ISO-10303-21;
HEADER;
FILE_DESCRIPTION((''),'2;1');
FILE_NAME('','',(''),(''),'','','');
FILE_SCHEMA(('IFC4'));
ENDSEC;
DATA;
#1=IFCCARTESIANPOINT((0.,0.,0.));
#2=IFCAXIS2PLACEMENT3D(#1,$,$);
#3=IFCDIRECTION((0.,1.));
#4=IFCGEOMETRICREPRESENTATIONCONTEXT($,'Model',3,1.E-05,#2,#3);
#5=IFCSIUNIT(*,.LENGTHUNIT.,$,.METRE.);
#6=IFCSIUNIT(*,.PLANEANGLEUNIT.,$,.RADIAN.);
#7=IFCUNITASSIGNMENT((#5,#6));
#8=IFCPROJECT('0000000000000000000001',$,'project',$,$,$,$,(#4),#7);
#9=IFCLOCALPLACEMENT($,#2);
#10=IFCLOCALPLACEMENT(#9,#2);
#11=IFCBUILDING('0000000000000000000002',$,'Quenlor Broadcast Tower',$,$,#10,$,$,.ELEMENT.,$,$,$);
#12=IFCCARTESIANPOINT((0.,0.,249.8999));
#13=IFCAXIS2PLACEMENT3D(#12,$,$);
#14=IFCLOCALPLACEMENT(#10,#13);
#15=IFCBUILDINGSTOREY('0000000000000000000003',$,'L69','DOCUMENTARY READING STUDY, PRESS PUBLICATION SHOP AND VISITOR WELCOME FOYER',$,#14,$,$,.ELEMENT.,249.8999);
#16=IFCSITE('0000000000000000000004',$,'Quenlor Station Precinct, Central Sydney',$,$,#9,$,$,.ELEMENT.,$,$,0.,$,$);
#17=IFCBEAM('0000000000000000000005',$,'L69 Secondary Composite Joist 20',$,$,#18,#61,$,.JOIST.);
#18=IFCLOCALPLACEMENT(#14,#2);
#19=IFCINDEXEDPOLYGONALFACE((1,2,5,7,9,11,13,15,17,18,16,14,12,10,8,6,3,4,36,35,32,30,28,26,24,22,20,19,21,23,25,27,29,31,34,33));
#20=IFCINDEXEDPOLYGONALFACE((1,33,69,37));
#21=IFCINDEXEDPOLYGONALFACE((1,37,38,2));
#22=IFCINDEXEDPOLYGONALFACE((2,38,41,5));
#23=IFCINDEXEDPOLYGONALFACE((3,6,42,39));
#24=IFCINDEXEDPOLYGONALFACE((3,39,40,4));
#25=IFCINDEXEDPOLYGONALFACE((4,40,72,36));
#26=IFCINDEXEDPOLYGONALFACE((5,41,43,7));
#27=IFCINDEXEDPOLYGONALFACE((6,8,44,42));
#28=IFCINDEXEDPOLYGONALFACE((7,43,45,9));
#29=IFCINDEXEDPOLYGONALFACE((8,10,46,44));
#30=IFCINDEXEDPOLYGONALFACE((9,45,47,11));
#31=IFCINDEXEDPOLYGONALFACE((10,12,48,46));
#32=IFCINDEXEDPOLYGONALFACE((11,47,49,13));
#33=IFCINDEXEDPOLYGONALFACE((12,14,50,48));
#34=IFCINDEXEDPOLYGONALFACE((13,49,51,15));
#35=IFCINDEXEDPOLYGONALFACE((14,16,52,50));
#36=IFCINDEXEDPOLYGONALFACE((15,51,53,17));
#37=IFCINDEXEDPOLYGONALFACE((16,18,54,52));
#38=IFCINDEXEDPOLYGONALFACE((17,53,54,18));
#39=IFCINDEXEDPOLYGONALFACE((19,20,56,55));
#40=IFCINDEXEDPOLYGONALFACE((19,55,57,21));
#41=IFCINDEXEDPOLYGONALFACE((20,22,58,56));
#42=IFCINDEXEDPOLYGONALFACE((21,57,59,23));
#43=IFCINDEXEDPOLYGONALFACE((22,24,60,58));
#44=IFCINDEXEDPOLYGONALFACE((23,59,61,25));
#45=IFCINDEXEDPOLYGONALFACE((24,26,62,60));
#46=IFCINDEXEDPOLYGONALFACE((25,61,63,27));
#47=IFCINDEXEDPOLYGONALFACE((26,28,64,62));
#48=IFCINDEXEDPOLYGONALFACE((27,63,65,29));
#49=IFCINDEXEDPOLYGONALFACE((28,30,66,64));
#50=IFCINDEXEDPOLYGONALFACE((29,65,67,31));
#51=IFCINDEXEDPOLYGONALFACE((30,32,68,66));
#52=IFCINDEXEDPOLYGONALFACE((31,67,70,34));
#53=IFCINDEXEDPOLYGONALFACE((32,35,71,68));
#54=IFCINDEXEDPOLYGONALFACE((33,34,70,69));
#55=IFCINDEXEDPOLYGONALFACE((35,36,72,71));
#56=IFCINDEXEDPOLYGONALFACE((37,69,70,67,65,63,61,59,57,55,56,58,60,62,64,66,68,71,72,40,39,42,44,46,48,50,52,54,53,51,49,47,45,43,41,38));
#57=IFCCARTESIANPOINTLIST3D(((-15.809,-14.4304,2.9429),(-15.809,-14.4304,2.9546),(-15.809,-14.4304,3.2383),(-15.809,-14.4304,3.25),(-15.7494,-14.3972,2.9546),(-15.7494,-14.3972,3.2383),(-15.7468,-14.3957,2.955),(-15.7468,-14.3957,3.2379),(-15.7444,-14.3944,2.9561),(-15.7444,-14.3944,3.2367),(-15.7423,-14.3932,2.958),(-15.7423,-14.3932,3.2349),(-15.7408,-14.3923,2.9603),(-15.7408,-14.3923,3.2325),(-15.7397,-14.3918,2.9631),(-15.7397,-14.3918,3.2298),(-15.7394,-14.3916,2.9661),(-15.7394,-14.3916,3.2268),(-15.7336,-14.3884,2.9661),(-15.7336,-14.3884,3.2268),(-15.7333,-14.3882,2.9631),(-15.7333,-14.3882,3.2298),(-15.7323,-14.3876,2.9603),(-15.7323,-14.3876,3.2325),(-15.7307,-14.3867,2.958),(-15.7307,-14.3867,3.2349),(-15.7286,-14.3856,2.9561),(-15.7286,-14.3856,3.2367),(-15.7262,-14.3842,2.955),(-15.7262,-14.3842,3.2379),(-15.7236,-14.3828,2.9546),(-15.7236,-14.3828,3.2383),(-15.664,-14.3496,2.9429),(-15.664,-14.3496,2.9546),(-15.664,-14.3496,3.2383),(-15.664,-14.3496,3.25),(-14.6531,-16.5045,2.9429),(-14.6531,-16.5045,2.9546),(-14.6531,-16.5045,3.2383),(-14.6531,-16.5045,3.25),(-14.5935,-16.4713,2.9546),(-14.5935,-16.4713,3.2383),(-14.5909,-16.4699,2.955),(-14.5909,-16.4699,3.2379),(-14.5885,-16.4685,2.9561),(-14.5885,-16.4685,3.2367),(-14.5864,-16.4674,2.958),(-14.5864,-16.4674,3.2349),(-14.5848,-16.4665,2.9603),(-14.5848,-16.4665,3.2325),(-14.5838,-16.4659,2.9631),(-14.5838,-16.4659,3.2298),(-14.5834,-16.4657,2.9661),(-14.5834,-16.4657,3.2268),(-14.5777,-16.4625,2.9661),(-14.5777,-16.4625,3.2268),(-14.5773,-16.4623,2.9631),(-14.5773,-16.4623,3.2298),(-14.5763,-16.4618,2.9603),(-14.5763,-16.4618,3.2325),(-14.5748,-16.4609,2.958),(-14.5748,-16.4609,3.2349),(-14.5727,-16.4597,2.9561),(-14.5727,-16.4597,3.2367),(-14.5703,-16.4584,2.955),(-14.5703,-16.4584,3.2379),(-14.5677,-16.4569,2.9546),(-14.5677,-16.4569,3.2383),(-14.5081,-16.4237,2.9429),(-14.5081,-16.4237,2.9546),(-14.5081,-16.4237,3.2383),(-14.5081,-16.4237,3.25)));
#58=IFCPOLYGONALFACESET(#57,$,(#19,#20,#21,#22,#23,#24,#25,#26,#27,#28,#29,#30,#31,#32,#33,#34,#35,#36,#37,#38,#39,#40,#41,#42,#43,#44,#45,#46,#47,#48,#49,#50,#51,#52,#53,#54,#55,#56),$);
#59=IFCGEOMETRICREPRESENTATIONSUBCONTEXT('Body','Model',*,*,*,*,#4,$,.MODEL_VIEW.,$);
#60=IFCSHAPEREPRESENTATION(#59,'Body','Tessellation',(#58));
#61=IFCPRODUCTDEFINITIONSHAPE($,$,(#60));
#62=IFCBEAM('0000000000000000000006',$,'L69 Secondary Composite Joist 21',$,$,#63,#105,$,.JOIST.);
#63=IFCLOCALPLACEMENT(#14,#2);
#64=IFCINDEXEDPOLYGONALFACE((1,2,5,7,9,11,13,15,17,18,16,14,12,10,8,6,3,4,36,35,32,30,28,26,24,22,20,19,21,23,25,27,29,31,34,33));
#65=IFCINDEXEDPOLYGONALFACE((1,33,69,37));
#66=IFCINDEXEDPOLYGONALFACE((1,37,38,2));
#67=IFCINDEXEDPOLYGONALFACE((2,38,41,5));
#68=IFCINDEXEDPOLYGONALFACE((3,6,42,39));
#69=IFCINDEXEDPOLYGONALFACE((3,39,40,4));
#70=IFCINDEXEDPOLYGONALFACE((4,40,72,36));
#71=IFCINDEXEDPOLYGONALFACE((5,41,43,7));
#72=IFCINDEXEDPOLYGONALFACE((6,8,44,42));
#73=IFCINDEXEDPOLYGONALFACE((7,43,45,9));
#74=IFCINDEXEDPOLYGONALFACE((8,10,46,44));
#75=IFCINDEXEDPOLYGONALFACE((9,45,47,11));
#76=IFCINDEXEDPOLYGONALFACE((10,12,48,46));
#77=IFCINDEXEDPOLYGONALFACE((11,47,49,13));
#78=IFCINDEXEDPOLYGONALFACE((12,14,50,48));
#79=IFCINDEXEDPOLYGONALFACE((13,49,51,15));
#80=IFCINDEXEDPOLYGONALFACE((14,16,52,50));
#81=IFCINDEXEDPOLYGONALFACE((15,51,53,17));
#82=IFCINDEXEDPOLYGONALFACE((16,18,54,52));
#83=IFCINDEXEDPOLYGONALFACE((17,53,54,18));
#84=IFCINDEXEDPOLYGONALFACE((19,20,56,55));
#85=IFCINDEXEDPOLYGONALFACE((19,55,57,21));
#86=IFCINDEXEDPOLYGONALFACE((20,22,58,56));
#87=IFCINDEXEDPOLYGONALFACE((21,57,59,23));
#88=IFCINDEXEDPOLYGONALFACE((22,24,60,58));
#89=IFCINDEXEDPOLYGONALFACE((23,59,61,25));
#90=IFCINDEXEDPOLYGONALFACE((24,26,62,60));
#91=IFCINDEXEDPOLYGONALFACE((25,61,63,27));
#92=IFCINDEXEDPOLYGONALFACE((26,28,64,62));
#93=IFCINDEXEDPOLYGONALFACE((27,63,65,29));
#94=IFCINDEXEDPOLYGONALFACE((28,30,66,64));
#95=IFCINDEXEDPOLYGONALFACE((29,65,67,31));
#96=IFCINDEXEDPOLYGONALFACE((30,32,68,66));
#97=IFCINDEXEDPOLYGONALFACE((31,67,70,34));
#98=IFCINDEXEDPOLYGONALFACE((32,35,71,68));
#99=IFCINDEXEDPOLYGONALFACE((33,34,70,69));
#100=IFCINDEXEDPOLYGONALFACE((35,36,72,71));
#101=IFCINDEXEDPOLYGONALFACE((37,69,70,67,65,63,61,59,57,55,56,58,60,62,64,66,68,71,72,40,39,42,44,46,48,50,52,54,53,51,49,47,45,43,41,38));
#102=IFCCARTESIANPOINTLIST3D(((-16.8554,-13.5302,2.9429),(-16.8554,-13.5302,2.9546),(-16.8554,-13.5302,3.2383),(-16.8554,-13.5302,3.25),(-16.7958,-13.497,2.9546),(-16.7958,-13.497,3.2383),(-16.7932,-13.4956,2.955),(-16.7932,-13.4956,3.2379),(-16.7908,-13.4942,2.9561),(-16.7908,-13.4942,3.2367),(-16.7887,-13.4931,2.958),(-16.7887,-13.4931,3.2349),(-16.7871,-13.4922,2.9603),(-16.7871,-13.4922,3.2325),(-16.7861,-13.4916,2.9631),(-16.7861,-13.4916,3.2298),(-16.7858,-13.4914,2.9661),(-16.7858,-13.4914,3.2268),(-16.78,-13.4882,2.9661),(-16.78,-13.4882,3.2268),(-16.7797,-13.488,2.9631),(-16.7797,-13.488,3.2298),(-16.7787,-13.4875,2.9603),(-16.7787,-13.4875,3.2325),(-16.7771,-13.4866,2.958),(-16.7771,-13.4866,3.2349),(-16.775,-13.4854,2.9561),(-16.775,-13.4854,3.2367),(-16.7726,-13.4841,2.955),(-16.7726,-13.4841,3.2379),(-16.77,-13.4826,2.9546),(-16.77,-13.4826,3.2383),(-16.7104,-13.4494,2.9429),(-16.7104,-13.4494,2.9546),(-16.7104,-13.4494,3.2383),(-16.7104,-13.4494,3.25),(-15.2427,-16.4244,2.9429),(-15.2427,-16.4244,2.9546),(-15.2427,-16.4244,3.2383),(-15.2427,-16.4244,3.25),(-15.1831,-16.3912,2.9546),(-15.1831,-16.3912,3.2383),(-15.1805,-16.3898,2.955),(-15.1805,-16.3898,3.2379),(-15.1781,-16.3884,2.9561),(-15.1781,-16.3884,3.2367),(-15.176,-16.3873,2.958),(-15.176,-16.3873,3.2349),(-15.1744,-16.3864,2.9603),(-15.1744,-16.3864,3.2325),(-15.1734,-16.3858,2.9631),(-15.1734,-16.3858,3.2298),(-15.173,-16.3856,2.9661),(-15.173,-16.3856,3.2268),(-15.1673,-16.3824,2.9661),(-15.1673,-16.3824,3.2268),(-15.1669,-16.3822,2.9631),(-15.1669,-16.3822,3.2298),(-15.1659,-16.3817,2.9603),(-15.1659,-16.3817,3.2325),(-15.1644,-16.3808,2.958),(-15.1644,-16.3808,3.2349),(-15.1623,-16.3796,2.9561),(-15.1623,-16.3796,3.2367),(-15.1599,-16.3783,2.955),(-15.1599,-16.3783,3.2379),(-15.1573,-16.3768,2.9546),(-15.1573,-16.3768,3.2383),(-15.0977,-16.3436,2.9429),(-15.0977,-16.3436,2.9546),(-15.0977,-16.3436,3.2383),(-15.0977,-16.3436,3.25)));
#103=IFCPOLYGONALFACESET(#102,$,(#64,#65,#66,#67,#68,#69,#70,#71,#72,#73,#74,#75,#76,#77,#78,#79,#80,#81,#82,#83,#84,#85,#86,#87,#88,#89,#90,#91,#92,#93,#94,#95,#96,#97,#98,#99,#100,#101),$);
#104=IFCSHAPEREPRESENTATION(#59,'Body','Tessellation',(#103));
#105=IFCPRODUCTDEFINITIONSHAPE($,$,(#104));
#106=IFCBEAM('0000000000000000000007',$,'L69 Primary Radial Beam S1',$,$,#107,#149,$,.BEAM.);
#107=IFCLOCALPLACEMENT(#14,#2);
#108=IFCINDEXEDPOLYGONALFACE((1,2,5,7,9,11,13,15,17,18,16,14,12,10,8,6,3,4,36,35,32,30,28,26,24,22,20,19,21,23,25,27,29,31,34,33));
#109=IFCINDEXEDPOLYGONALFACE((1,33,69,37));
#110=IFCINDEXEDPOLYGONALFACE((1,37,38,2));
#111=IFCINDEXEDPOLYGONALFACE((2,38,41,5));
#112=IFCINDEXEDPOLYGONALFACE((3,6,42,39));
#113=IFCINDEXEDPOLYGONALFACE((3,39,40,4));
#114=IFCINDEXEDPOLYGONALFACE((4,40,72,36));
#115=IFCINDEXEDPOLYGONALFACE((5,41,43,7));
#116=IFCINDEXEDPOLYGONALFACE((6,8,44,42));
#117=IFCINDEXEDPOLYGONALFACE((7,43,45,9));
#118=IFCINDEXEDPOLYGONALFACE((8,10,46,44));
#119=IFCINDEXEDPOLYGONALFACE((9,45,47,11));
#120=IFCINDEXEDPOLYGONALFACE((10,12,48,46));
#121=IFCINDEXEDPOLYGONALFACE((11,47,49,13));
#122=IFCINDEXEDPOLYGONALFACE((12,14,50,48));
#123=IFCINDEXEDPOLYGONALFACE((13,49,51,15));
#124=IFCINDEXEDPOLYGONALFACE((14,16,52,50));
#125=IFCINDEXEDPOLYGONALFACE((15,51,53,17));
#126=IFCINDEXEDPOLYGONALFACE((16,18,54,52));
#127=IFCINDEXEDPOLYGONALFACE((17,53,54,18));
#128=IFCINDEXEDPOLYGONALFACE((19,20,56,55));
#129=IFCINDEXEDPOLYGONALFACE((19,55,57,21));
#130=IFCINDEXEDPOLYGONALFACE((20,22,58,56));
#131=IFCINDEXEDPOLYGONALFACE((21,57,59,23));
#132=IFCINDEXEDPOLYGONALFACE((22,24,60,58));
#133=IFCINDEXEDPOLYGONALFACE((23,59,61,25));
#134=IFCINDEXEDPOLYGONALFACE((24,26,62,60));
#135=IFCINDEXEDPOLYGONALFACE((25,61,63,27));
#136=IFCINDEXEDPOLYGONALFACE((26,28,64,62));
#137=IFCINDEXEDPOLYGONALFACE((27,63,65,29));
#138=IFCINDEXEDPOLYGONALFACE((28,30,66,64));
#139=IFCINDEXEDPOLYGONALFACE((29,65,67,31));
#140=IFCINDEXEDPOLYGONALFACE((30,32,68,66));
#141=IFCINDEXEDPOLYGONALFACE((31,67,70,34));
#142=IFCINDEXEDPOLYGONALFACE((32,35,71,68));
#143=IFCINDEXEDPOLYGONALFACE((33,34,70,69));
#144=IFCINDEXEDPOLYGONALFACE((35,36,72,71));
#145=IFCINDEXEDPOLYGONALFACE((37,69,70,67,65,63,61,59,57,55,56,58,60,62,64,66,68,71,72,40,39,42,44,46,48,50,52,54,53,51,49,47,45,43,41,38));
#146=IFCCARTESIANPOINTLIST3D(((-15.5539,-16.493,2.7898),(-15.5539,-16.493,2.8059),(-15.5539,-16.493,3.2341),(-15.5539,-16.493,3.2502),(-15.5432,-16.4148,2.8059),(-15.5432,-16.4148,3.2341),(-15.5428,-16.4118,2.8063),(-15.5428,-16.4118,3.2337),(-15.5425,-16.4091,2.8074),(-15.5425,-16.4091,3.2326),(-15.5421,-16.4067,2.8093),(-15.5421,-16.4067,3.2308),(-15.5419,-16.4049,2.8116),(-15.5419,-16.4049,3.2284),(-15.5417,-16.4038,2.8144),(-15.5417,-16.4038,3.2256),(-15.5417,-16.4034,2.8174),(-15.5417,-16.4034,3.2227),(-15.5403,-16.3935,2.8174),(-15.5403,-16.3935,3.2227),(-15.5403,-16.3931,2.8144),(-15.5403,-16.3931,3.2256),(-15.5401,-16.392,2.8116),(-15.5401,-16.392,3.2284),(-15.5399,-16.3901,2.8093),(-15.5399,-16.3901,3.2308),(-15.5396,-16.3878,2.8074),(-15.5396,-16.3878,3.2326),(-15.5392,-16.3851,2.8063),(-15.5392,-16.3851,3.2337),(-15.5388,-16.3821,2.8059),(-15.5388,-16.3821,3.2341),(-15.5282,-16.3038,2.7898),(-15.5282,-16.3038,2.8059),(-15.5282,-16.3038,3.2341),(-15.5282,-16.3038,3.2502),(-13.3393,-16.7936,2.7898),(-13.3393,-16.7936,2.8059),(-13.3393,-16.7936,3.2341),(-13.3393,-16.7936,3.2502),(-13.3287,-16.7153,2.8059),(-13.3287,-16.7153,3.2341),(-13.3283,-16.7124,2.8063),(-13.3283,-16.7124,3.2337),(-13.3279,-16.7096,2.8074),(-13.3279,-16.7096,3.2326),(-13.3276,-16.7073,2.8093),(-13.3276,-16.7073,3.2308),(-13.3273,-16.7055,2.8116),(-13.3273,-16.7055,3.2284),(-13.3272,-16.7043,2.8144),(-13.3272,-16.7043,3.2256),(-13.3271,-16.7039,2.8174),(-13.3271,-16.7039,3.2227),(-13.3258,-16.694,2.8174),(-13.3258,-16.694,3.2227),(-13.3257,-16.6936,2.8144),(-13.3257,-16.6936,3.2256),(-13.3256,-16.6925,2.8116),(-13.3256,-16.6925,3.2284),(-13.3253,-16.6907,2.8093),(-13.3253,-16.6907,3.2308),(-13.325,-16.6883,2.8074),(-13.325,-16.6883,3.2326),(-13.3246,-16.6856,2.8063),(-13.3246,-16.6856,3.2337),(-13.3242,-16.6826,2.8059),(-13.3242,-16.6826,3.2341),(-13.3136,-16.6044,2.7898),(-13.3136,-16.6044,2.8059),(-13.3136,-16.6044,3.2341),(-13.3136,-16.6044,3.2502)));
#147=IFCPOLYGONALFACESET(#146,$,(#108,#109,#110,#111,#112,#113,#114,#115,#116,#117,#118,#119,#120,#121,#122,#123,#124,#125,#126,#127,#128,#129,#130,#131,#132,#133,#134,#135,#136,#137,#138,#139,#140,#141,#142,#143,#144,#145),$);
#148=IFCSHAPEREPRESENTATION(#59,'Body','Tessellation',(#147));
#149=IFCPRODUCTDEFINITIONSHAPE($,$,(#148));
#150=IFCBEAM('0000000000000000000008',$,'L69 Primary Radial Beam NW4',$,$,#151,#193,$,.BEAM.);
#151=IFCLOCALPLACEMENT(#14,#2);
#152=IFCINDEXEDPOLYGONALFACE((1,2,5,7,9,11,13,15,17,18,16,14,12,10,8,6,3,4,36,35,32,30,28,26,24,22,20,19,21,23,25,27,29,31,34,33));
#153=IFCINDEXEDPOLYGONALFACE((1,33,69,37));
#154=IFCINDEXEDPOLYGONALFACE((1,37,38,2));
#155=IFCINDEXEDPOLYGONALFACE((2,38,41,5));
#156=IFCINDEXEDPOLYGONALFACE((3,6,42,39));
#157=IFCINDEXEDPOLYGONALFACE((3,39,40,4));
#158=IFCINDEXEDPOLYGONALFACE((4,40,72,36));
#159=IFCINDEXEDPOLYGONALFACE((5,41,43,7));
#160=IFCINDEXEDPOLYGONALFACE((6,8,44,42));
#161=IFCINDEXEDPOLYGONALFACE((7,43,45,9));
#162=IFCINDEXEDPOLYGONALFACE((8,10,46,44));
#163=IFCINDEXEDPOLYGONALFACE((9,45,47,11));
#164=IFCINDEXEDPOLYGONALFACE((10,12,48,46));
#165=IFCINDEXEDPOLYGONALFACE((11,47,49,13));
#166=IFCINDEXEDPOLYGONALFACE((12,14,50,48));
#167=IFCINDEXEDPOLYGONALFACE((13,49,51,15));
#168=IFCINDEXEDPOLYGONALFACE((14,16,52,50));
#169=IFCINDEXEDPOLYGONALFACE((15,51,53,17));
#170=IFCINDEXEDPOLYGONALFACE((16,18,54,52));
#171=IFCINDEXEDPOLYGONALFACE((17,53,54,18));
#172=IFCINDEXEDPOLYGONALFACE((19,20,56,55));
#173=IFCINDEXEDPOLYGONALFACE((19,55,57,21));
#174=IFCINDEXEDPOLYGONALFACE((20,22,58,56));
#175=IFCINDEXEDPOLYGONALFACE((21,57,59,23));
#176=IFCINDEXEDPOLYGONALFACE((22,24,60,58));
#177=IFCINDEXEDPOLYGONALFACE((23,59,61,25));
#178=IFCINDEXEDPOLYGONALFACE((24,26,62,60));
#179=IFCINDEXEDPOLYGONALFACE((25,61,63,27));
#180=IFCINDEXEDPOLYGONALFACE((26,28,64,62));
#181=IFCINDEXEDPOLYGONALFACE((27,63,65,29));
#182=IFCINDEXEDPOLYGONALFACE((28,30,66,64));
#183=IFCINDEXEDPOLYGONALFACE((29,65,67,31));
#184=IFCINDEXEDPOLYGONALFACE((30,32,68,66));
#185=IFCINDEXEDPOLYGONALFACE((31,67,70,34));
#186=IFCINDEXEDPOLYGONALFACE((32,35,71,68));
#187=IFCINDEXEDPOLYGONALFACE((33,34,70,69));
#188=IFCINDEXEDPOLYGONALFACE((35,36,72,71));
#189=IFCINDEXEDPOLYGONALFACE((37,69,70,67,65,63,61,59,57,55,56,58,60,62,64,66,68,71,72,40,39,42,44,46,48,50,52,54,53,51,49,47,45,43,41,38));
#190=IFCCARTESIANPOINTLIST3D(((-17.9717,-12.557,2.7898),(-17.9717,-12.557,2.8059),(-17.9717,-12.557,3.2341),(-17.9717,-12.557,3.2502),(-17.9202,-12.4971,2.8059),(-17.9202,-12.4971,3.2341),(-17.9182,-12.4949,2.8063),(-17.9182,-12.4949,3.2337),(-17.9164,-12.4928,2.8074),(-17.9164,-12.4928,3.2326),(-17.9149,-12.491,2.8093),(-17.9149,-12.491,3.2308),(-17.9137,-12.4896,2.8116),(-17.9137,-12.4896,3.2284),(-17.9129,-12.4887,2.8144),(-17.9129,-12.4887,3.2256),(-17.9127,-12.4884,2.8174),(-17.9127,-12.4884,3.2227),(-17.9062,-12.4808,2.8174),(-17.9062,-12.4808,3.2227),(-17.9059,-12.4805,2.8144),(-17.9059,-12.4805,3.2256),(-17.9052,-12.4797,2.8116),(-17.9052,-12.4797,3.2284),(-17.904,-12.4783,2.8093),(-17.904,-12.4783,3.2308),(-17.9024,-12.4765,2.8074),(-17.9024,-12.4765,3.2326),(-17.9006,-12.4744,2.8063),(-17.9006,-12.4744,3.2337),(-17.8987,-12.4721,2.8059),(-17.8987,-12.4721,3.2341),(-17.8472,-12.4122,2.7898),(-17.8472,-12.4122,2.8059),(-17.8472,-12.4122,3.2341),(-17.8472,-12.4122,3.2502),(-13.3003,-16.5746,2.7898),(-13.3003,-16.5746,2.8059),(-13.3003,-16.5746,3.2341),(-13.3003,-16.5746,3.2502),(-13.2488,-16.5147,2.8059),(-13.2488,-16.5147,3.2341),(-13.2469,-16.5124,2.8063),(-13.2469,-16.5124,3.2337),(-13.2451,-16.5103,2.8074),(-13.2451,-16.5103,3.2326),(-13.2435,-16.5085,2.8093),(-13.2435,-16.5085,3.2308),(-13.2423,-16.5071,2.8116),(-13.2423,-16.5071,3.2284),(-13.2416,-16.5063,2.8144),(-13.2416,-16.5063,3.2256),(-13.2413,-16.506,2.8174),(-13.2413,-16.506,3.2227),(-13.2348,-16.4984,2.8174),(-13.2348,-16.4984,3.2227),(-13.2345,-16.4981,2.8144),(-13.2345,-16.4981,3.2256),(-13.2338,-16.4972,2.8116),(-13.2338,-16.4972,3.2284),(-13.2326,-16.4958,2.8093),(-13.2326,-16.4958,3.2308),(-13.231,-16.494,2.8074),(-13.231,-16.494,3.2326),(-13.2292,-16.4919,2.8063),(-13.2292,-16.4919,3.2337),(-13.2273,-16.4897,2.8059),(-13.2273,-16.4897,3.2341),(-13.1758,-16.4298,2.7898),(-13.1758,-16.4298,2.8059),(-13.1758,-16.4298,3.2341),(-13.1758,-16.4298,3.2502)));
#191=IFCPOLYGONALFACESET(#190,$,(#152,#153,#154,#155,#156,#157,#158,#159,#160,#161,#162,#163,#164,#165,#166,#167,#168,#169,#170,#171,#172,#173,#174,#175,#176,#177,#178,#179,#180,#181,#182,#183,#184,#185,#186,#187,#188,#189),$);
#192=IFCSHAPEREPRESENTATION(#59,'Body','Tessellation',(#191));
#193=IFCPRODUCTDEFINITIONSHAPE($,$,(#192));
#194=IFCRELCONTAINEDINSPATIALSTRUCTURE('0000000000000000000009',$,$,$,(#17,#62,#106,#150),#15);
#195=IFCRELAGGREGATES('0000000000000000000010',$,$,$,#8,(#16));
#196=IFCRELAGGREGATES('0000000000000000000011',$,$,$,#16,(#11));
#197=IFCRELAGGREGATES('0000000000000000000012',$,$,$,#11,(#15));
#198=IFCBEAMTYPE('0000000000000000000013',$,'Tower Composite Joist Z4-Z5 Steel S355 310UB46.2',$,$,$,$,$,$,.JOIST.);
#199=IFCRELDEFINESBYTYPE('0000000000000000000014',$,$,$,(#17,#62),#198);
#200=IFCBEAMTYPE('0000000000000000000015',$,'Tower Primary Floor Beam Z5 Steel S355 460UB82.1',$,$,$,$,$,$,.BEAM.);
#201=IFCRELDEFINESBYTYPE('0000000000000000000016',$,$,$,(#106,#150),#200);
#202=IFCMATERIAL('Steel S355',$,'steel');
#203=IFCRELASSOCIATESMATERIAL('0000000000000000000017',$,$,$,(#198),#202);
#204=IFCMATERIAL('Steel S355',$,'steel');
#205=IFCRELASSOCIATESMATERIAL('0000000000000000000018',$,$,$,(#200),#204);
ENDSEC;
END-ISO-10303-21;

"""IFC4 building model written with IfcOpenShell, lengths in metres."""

from ifc_helpers import new_model, si_unit, direction, frame, origin, origin_2d, place, context, subcontext, project, spatial, i_section, extrude, material, material_profile, profile_set, type_object, element, save


model = new_model("IFC4")

# Units and contexts
model_context = context("Model", 3, precision=1e-05, world=origin(), true_north=direction((0.0, 1.0)))
body_context = subcontext(model_context, "Body", "Model", "MODEL_VIEW")
ifc_project = project(units=[si_unit("LENGTHUNIT", "METRE"), si_unit("PLANEANGLEUNIT", "RADIAN")], contexts=[model_context])

# Site, building, storey
site_placement = place(None, origin())
site = spatial("IfcSite", under=ifc_project, at=site_placement, Name="Quenlor Station Precinct, Central Sydney", CompositionType="ELEMENT", RefElevation=0.0)
building_placement = place(site_placement, origin())
building = spatial("IfcBuilding", under=site, at=building_placement, Name="Quenlor Broadcast Tower", CompositionType="ELEMENT")
storey_placement = place(building_placement, frame((0.0, 0.0, 249.8999)))
storey = spatial("IfcBuildingStorey", under=building, at=storey_placement, Name="L69", Description="DOCUMENTARY READING STUDY, PRESS PUBLICATION SHOP AND VISITOR WELCOME FOYER", CompositionType="ELEMENT", Elevation=249.8999)

# Beams
ifc_material_1 = material(Name="Steel S355", Category="steel")
ifc_material_profile_1 = material_profile(ifc_material_1, i_section(OverallWidth=0.166, OverallDepth=0.3071, WebThickness=0.0066, FlangeThickness=0.0117, FilletRadius=0.0115, at=origin_2d()))
ifc_profile_set_1 = profile_set([ifc_material_profile_1], Name="Steel S355 310UB46.2")
beam_type_1 = type_object("IfcBeamType", Name="Tower Composite Joist Z4-Z5 Steel S355 310UB46.2", PredefinedType="JOIST", material=ifc_profile_set_1)
beam_1_placement = place(storey_placement, frame((-14.5806, -16.4641, 3.0964), z_axis=(-0.486821, 0.873502, 0.0), x_axis=(-0.873502, -0.486821, 0.0)))
element("IfcBeam", 1, at=beam_1_placement, inside=storey, type_object=beam_type_1, Name="L69 Secondary Composite Joist 20", PredefinedType="JOIST", context=body_context, shape_type="SweptSolid", body=[
    extrude(i_section(OverallWidth=0.166, OverallDepth=0.3071, WebThickness=0.0066, FlangeThickness=0.0117, FilletRadius=0.0115, at=origin_2d()), origin(), (0.0, 0.0, 1.0), 2.3745),
])
beam_2_placement = place(storey_placement, frame((-15.1702, -16.384, 3.0964), z_axis=(-0.486762, 0.873534, 0.0), x_axis=(-0.873534, -0.486762, 0.0)))
element("IfcBeam", 2, at=beam_2_placement, inside=storey, type_object=beam_type_1, Name="L69 Secondary Composite Joist 21", PredefinedType="JOIST", context=body_context, shape_type="SweptSolid", body=[
    extrude(i_section(OverallWidth=0.166, OverallDepth=0.3071, WebThickness=0.0066, FlangeThickness=0.0117, FilletRadius=0.0115, at=origin_2d()), origin(), (0.0, 0.0, 1.0), 3.3132),
])
ifc_material_2 = material(Name="Steel S355", Category="steel")
ifc_material_profile_2 = material_profile(ifc_material_2, i_section(OverallWidth=0.1909, OverallDepth=0.4604, WebThickness=0.01, FlangeThickness=0.0161, FilletRadius=0.0115, at=origin_2d()))
ifc_profile_set_2 = profile_set([ifc_material_profile_2], Name="Steel S355 460UB82.1")
beam_type_2 = type_object("IfcBeamType", Name="Tower Primary Floor Beam Z5 Steel S355 460UB82.1", PredefinedType="BEAM", material=ifc_profile_set_2)
beam_3_placement = place(storey_placement, frame((-15.541, -16.3984, 3.02), z_axis=(0.990917, -0.134475, 0.0), x_axis=(0.134475, 0.990917, 0.0)))
element("IfcBeam", 3, at=beam_3_placement, inside=storey, type_object=beam_type_2, Name="L69 Primary Radial Beam S1", PredefinedType="BEAM", context=body_context, shape_type="SweptSolid", body=[
    extrude(i_section(OverallWidth=0.1909, OverallDepth=0.4604, WebThickness=0.01, FlangeThickness=0.0161, FilletRadius=0.0115, at=origin_2d()), origin(), (0.0, 0.0, 1.0), 2.2349),
])
beam_4_placement = place(storey_placement, frame((-17.9094, -12.4846, 3.02), z_axis=(0.75817, -0.652057, 0.0), x_axis=(0.652057, 0.75817, 0.0)))
element("IfcBeam", 4, at=beam_4_placement, inside=storey, type_object=beam_type_2, Name="L69 Primary Radial Beam NW4", PredefinedType="BEAM", context=body_context, shape_type="SweptSolid", body=[
    extrude(i_section(OverallWidth=0.1909, OverallDepth=0.4604, WebThickness=0.01, FlangeThickness=0.0161, FilletRadius=0.0115, at=origin_2d()), origin(), (0.0, 0.0, 1.0), 6.1614),
])

save(model, "model.ifc")
